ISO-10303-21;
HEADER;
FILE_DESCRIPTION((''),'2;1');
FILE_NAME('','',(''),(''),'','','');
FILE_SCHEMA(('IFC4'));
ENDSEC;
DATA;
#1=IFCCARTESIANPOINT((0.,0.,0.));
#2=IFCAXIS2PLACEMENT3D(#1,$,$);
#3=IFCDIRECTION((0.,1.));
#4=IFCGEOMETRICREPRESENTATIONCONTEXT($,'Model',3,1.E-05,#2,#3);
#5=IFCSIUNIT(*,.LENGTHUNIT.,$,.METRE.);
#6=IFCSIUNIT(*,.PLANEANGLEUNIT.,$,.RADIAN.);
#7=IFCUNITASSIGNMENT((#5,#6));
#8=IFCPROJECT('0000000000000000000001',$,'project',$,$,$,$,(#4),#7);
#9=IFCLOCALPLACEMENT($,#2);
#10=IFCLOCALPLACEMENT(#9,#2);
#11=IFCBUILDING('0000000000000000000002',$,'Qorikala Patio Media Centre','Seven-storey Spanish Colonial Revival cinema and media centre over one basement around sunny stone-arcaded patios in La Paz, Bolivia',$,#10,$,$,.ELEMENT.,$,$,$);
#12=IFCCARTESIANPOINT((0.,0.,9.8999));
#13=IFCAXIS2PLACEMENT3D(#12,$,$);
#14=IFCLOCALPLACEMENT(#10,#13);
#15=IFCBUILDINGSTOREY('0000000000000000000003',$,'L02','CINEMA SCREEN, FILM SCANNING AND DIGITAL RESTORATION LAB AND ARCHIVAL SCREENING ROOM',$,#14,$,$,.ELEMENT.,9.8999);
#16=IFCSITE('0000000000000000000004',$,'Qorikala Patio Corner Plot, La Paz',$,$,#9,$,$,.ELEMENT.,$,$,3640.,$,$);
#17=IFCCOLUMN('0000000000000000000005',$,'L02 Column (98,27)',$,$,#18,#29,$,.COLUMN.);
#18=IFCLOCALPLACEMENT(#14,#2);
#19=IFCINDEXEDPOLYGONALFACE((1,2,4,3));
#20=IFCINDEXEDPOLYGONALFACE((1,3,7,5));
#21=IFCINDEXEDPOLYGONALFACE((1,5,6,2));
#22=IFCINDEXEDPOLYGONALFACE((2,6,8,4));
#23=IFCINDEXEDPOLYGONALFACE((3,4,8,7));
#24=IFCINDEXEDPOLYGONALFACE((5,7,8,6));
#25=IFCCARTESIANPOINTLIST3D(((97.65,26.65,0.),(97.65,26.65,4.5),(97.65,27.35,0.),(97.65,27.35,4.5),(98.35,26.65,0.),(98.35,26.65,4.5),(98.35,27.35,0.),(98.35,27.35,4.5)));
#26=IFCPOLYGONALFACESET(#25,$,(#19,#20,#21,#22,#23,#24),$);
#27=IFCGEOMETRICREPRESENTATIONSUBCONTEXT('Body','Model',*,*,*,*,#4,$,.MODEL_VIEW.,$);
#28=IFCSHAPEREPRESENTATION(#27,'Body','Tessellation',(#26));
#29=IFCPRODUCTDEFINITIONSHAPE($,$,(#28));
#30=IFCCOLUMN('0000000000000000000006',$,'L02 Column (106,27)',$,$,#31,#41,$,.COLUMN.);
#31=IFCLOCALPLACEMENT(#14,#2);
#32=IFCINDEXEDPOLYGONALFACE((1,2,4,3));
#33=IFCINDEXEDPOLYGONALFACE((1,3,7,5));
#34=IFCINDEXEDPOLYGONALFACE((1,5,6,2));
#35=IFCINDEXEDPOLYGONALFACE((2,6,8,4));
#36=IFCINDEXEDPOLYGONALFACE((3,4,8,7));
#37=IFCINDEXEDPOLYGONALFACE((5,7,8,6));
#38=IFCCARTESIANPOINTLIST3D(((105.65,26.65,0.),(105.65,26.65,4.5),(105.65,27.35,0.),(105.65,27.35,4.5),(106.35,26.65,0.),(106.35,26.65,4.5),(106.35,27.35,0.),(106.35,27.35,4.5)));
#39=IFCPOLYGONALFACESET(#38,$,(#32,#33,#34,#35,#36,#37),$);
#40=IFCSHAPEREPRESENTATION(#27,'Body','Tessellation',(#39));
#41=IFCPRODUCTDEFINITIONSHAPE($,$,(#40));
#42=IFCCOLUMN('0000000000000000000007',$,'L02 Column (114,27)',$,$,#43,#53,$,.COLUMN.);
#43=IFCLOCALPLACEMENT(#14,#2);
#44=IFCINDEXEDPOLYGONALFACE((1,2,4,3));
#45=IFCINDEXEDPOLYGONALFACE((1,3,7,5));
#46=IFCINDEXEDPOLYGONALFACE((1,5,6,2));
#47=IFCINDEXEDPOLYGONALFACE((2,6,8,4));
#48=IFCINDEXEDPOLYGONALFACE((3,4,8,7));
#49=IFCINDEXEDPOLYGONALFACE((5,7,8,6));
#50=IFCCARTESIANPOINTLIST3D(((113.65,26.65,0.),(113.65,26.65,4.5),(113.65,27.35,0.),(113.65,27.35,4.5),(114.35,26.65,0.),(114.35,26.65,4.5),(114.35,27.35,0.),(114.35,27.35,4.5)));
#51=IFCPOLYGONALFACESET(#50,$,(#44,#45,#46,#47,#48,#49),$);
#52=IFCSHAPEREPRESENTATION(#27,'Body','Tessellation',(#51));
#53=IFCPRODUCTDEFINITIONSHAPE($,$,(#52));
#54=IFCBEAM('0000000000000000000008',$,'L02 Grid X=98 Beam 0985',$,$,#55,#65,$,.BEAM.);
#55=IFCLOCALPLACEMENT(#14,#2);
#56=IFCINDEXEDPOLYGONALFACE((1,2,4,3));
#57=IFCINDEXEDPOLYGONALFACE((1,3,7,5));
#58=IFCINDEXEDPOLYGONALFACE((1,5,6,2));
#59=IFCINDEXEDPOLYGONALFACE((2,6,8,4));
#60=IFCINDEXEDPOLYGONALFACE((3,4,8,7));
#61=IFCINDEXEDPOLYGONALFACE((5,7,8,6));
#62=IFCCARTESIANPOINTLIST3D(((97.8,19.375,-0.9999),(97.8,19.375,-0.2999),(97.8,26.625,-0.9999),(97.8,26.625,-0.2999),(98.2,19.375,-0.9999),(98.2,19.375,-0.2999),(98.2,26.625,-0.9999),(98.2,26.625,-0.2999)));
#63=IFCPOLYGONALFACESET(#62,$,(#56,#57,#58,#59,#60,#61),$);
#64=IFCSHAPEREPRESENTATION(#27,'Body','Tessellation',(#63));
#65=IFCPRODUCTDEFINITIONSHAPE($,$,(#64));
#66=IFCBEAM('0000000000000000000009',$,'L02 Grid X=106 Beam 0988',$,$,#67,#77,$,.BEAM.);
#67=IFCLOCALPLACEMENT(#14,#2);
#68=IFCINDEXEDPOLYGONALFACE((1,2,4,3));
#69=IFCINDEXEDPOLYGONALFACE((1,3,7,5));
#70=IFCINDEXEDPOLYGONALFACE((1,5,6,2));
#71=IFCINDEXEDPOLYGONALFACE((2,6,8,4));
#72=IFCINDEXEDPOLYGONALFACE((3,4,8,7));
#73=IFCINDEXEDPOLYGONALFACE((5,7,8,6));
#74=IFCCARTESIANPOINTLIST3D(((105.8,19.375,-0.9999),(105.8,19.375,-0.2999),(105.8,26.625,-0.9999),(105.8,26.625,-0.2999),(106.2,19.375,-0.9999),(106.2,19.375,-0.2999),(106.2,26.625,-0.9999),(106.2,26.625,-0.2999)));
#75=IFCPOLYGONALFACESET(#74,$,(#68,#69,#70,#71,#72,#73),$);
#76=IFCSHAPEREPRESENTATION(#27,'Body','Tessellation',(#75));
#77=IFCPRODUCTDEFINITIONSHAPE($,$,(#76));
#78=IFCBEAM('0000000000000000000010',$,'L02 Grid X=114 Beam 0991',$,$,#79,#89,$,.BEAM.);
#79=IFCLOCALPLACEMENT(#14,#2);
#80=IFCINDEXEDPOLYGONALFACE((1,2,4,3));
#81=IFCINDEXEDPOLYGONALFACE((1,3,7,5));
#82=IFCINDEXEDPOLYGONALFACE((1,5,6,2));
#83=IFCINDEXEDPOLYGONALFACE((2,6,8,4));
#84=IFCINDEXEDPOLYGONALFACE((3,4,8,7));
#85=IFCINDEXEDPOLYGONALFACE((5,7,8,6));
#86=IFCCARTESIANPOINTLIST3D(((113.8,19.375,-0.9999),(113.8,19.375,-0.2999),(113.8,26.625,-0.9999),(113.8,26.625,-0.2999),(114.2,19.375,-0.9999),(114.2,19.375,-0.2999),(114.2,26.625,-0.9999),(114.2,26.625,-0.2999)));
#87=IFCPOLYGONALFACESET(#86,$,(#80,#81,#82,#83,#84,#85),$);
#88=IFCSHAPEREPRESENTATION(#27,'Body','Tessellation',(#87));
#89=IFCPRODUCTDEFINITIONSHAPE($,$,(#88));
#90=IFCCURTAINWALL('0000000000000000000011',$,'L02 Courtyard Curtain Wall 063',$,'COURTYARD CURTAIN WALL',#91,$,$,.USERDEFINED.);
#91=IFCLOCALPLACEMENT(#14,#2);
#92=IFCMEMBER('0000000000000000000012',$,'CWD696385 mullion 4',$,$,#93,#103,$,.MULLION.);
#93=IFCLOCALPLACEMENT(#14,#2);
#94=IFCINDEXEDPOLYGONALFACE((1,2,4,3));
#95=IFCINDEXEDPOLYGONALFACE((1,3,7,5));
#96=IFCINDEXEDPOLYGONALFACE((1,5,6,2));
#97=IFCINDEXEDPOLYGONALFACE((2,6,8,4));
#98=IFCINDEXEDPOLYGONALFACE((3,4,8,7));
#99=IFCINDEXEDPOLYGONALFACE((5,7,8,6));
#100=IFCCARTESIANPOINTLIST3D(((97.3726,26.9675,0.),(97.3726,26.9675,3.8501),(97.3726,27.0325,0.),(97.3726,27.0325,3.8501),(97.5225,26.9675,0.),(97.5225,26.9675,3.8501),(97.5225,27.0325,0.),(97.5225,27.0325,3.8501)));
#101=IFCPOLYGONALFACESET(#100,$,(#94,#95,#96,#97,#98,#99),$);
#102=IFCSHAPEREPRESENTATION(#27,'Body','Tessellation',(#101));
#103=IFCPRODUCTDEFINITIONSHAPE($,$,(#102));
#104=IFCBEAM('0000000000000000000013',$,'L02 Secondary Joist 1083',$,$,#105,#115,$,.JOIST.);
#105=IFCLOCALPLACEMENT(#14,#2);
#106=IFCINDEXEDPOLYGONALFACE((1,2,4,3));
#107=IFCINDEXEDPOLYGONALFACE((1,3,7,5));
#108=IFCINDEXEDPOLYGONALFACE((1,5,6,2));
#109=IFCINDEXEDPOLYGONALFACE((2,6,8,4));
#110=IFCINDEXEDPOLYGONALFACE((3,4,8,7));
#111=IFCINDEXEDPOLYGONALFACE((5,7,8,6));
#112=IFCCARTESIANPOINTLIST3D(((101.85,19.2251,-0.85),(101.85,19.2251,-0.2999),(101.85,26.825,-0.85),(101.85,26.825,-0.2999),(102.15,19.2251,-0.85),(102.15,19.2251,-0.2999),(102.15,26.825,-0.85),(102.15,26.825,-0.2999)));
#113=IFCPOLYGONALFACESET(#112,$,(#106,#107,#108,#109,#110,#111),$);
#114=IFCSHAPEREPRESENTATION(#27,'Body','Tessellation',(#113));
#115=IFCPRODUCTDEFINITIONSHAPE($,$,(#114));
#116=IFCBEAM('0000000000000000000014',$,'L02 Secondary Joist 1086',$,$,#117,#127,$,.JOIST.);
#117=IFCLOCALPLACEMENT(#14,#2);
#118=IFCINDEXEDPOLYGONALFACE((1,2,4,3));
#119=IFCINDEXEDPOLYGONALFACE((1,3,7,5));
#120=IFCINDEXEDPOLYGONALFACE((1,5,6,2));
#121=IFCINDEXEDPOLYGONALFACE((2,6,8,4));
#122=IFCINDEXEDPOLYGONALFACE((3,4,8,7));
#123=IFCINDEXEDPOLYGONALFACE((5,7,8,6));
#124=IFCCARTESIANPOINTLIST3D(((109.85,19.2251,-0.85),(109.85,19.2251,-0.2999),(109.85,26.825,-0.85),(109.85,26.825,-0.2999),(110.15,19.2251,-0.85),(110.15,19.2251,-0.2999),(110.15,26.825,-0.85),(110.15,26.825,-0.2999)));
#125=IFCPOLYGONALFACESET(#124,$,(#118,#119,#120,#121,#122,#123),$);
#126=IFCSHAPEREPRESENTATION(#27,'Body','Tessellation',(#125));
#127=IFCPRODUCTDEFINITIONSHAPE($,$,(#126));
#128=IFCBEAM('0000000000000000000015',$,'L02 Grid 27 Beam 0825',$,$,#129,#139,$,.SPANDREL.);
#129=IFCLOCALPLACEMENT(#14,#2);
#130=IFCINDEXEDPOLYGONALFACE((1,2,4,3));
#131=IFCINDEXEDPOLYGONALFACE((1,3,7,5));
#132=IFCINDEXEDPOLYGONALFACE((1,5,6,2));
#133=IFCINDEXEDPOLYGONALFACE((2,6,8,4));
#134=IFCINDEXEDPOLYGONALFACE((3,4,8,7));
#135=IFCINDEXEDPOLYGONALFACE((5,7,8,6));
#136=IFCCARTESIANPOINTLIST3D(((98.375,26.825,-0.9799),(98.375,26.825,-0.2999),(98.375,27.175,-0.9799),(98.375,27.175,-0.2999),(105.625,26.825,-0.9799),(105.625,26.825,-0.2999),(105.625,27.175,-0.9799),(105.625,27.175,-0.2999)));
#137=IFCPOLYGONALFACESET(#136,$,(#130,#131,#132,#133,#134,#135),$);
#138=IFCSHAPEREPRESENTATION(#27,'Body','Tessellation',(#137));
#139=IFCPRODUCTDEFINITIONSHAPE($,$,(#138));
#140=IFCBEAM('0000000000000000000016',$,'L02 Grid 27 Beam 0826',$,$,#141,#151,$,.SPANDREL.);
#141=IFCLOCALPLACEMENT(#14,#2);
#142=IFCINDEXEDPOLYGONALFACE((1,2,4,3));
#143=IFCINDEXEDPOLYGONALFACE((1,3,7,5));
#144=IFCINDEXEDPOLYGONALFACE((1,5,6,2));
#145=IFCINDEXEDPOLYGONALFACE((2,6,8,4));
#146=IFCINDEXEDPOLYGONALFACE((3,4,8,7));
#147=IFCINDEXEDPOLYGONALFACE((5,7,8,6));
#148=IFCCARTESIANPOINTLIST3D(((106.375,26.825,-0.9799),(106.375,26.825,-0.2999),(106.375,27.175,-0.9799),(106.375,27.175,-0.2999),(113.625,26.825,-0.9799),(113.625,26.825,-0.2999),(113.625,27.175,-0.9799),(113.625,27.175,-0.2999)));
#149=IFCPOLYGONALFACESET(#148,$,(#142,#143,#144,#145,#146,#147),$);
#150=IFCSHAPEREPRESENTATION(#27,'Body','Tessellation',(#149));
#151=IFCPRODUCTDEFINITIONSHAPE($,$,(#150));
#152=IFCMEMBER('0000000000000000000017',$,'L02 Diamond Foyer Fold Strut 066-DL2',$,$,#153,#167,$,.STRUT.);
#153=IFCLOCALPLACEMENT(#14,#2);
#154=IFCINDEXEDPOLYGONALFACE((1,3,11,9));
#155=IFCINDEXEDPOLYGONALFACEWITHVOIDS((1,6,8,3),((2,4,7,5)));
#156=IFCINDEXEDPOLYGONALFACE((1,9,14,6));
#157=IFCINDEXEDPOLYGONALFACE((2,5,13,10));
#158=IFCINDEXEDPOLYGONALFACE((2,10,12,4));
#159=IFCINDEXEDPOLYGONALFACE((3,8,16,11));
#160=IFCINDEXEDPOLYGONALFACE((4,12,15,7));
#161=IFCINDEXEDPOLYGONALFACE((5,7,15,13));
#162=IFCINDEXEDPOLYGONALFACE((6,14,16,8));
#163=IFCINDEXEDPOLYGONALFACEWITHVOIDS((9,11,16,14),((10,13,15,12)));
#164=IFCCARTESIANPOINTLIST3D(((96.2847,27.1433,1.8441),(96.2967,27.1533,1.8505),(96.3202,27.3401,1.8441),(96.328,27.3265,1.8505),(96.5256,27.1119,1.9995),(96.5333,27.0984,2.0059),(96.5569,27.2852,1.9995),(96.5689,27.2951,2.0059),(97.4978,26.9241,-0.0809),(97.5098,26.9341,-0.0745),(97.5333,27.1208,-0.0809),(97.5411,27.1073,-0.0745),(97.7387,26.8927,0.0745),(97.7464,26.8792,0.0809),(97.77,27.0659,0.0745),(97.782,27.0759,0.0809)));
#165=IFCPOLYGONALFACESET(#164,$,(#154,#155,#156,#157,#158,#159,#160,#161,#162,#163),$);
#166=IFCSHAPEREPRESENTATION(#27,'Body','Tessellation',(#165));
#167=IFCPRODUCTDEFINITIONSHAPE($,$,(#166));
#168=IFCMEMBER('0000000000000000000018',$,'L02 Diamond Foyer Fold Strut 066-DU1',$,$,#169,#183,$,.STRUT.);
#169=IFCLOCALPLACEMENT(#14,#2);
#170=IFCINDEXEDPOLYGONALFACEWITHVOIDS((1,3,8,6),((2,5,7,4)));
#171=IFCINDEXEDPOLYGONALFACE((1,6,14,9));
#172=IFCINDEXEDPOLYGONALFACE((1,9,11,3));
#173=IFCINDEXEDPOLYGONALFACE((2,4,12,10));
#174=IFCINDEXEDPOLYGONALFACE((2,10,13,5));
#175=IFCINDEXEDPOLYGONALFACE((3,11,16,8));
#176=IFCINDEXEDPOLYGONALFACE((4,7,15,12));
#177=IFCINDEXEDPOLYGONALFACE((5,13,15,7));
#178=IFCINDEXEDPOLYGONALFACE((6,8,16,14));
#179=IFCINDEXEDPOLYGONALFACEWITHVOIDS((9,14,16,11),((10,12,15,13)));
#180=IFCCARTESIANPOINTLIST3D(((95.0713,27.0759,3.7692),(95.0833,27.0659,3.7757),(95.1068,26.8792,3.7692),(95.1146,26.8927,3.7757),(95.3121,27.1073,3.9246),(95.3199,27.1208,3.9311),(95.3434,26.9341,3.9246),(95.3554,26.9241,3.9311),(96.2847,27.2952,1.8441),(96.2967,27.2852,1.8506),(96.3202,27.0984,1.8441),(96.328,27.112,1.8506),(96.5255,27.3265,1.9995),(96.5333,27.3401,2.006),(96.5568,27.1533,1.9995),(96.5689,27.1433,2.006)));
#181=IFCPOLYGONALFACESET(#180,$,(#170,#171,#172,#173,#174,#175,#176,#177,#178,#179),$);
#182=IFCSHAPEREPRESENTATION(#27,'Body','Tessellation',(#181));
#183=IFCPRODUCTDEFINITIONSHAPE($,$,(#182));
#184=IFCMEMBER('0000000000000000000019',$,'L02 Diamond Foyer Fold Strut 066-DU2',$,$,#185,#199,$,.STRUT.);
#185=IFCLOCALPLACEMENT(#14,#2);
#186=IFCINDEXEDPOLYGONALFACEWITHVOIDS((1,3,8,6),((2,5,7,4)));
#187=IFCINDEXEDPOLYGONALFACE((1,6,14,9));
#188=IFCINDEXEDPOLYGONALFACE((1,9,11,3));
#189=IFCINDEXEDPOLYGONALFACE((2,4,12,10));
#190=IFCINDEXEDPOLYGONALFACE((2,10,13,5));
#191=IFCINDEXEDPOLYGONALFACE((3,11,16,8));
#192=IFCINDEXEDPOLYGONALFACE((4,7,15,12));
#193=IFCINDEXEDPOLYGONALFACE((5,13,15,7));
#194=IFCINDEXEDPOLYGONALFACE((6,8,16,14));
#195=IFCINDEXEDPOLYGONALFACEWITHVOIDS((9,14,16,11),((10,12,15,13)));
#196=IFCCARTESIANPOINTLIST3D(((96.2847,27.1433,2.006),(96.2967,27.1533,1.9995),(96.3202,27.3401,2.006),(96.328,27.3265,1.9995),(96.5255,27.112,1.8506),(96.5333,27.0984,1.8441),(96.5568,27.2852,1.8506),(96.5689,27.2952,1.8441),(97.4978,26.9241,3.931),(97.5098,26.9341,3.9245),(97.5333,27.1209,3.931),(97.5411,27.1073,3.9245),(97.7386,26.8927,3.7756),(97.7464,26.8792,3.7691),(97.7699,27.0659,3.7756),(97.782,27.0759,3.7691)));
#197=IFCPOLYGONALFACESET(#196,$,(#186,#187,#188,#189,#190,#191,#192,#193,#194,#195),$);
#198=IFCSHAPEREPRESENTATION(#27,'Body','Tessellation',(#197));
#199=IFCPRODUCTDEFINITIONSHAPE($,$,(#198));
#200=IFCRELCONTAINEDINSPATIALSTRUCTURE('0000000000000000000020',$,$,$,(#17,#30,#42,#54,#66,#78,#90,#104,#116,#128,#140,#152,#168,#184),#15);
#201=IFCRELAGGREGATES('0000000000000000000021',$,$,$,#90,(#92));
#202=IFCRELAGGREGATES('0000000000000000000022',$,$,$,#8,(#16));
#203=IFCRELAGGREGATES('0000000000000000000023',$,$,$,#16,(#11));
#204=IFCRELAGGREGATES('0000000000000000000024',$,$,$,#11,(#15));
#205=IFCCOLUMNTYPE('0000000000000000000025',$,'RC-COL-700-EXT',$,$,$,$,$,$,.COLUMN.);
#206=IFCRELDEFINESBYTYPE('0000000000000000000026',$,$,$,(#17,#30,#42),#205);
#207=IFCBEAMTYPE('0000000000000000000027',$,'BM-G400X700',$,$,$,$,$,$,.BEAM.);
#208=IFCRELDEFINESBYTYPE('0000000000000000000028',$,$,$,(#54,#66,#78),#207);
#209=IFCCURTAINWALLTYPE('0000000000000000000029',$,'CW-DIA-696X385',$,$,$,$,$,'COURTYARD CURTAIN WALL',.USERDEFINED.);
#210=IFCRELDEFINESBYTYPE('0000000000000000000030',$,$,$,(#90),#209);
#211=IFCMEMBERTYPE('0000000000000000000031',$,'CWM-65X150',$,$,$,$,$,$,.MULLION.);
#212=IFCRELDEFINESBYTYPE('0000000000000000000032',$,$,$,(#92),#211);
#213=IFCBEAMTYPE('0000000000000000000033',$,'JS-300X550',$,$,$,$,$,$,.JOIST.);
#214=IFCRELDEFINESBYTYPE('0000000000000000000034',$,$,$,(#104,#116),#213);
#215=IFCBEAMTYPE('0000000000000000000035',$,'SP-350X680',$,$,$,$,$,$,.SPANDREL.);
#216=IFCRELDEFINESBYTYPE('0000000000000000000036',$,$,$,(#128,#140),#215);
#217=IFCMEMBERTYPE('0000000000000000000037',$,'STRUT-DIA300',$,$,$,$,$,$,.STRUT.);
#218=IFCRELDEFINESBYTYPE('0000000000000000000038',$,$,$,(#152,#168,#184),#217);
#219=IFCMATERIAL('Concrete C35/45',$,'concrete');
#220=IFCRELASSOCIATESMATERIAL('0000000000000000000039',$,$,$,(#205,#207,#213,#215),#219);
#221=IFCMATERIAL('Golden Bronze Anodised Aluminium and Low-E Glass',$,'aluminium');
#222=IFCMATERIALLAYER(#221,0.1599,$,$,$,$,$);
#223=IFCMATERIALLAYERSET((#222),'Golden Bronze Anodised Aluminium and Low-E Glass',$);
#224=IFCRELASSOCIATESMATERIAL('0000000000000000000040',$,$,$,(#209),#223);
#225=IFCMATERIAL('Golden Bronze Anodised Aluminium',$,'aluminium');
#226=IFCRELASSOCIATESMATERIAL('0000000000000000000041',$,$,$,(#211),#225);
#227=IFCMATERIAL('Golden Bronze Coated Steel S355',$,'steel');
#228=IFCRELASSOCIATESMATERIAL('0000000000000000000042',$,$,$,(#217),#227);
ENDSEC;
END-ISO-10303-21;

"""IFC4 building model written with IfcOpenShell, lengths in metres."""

from ifc_helpers import new_model, si_unit, direction, frame, origin, origin_2d, place, context, subcontext, project, spatial, rectangle, hollow_rectangle, extrude, material, layer, layer_set, material_profile, profile_set, type_object, element, aggregate, save


model = new_model("IFC4")

# Units and contexts
model_context = context("Model", 3, precision=1e-05, world=origin(), true_north=direction((0.0, 1.0)))
body_context = subcontext(model_context, "Body", "Model", "MODEL_VIEW")
ifc_project = project(units=[si_unit("LENGTHUNIT", "METRE"), si_unit("PLANEANGLEUNIT", "RADIAN")], contexts=[model_context])

# Site, building, storey
site_placement = place(None, origin())
site = spatial("IfcSite", under=ifc_project, at=site_placement, Name="Qorikala Patio Corner Plot, La Paz", CompositionType="ELEMENT", RefElevation=3640.0)
building_placement = place(site_placement, origin())
building = spatial("IfcBuilding", under=site, at=building_placement, Name="Qorikala Patio Media Centre", Description="Seven-storey Spanish Colonial Revival cinema and media centre over one basement around sunny stone-arcaded patios in La Paz, Bolivia", CompositionType="ELEMENT")
storey_placement = place(building_placement, frame((0.0, 0.0, 9.8999)))
storey = spatial("IfcBuildingStorey", under=building, at=storey_placement, Name="L02", Description="CINEMA SCREEN, FILM SCANNING AND DIGITAL RESTORATION LAB AND ARCHIVAL SCREENING ROOM", CompositionType="ELEMENT", Elevation=9.8999)

# Columns
ifc_material_1 = material(Name="Concrete C35/45", Category="concrete")
ifc_material_profile_1 = material_profile(ifc_material_1, rectangle(XDim=0.7, YDim=0.7, at=origin_2d()), Name="RC 700x700")
ifc_profile_set_1 = profile_set([ifc_material_profile_1], Name="Concrete C35/45")
column_type = type_object("IfcColumnType", Name="RC-COL-700-EXT", PredefinedType="COLUMN", material=ifc_profile_set_1)
for number, where, z_axis, x_axis, name in (
    (1, (98.0, 27.0, 0.0), (0.0, 0.0, 1.0), (1.0, 0.0, 0.0), "L02 Column (98,27)"),
    (2, (106.0, 27.0, 0.0), (0.0, 0.0, 1.0), (1.0, 0.0, 0.0), "L02 Column (106,27)"),
    (3, (114.0, 27.0, 0.0), (0.0, 0.0, 1.0), (1.0, 0.0, 0.0), "L02 Column (114,27)"),
):
    element("IfcColumn", number, at=place(storey_placement, frame(where, z_axis=z_axis, x_axis=x_axis)), inside=storey, type_object=column_type, Name=name, PredefinedType="COLUMN", context=body_context, shape_type="SweptSolid", body=[
        extrude(rectangle(XDim=0.7, YDim=0.7, at=origin_2d()), origin(), (0.0, 0.0, 1.0), 4.5),
    ])

# Beams
ifc_material_profile_2 = material_profile(ifc_material_1, rectangle(XDim=0.3999, YDim=0.7, at=origin_2d()), Name="RC 400x700")
ifc_profile_set_2 = profile_set([ifc_material_profile_2], Name="Concrete C35/45")
beam_type_1 = type_object("IfcBeamType", Name="BM-G400X700", PredefinedType="BEAM", material=ifc_profile_set_2)
for number, where, z_axis, x_axis, name in (
    (4, (98.0, 19.375, -0.6499), (0.0, 1.0, 0.0), (-1.0, 0.0, 0.0), "L02 Grid X=98 Beam 0985"),
    (5, (106.0, 19.375, -0.6499), (0.0, 1.0, 0.0), (-1.0, 0.0, 0.0), "L02 Grid X=106 Beam 0988"),
    (6, (114.0, 19.375, -0.6499), (0.0, 1.0, 0.0), (-1.0, 0.0, 0.0), "L02 Grid X=114 Beam 0991"),
):
    element("IfcBeam", number, at=place(storey_placement, frame(where, z_axis=z_axis, x_axis=x_axis)), inside=storey, type_object=beam_type_1, Name=name, PredefinedType="BEAM", context=body_context, shape_type="SweptSolid", body=[
        extrude(rectangle(XDim=0.3999, YDim=0.7, at=origin_2d()), origin(), (0.0, 0.0, 1.0), 7.25),
    ])

# Curtain wall, member
ifc_material_2 = material(Name="Golden Bronze Anodised Aluminium and Low-E Glass", Category="aluminium")
ifc_layer_1 = layer(ifc_material_2, 0.1599)
ifc_layer_set_1 = layer_set([ifc_layer_1], Name="Golden Bronze Anodised Aluminium and Low-E Glass")
curtain_wall_type = type_object("IfcCurtainWallType", Name="CW-DIA-696X385", ElementType="COURTYARD CURTAIN WALL", PredefinedType="USERDEFINED", material=ifc_layer_set_1)
curtain_wall_placement = place(storey_placement, origin())
curtain_wall = element("IfcCurtainWall", 7, at=curtain_wall_placement, inside=storey, type_object=curtain_wall_type, Name="L02 Courtyard Curtain Wall 063", ObjectType="COURTYARD CURTAIN WALL", PredefinedType="USERDEFINED")
ifc_material_3 = material(Name="Golden Bronze Anodised Aluminium", Category="aluminium")
ifc_material_profile_3 = material_profile(ifc_material_3, rectangle(XDim=0.0649, YDim=0.1499, at=origin_2d()), Name="ALU MULLION 65x150")
ifc_profile_set_3 = profile_set([ifc_material_profile_3], Name="Golden Bronze Anodised Aluminium")
member_type_1 = type_object("IfcMemberType", Name="CWM-65X150", PredefinedType="MULLION", material=ifc_profile_set_3)
member_1_placement = place(storey_placement, frame((97.4475, 27.0, 0.0), z_axis=(0.0, 0.0, 1.0), x_axis=(0.0, 1.0, 0.0)))
member_1 = element("IfcMember", 8, at=member_1_placement, type_object=member_type_1, Name="CWD696385 mullion 4", PredefinedType="MULLION", context=body_context, shape_type="SweptSolid", body=[
    extrude(rectangle(XDim=0.0649, YDim=0.1499, at=origin_2d()), origin(), (0.0, 0.0, 1.0), 3.8501),
])

# Beams
ifc_material_profile_4 = material_profile(ifc_material_1, rectangle(XDim=0.3, YDim=0.55, at=origin_2d()), Name="RC 300x550")
ifc_profile_set_4 = profile_set([ifc_material_profile_4], Name="Concrete C35/45")
beam_type_2 = type_object("IfcBeamType", Name="JS-300X550", PredefinedType="JOIST", material=ifc_profile_set_4)
for number, where, z_axis, x_axis, name in (
    (9, (102.0, 19.2251, -0.575), (0.0, 1.0, 0.0), (-1.0, 0.0, 0.0), "L02 Secondary Joist 1083"),
    (10, (110.0, 19.2251, -0.575), (0.0, 1.0, 0.0), (-1.0, 0.0, 0.0), "L02 Secondary Joist 1086"),
):
    element("IfcBeam", number, at=place(storey_placement, frame(where, z_axis=z_axis, x_axis=x_axis)), inside=storey, type_object=beam_type_2, Name=name, PredefinedType="JOIST", context=body_context, shape_type="SweptSolid", body=[
        extrude(rectangle(XDim=0.3, YDim=0.55, at=origin_2d()), origin(), (0.0, 0.0, 1.0), 7.5999),
    ])
ifc_material_profile_5 = material_profile(ifc_material_1, rectangle(XDim=0.3501, YDim=0.6799, at=origin_2d()), Name="RC 350x680")
ifc_profile_set_5 = profile_set([ifc_material_profile_5], Name="Concrete C35/45")
beam_type_3 = type_object("IfcBeamType", Name="SP-350X680", PredefinedType="SPANDREL", material=ifc_profile_set_5)
for number, where, z_axis, x_axis, name in (
    (11, (98.375, 27.0, -0.6399), (1.0, 0.0, 0.0), (0.0, 1.0, 0.0), "L02 Grid 27 Beam 0825"),
    (12, (106.375, 27.0, -0.6399), (1.0, 0.0, 0.0), (0.0, 1.0, 0.0), "L02 Grid 27 Beam 0826"),
):
    element("IfcBeam", number, at=place(storey_placement, frame(where, z_axis=z_axis, x_axis=x_axis)), inside=storey, type_object=beam_type_3, Name=name, PredefinedType="SPANDREL", context=body_context, shape_type="SweptSolid", body=[
        extrude(rectangle(XDim=0.3501, YDim=0.6799, at=origin_2d()), origin(), (0.0, 0.0, 1.0), 7.25),
    ])

# Members
ifc_material_4 = material(Name="Golden Bronze Coated Steel S355", Category="steel")
ifc_material_profile_6 = material_profile(ifc_material_4, hollow_rectangle(XDim=0.2, YDim=0.3, WallThickness=0.012, at=origin_2d()), Name="HSS300X200X12")
ifc_profile_set_6 = profile_set([ifc_material_profile_6], Name="Golden Bronze Coated Steel S355")
member_type_2 = type_object("IfcMemberType", Name="STRUT-DIA300", PredefinedType="STRUT", material=ifc_profile_set_6)
member_2_placement = place(storey_placement, frame((97.6399, 27.0, 0.0), z_axis=(-0.530691, 0.095907, 0.842121), x_axis=(-0.17784, -0.984059, 0.0)))
element("IfcMember", 13, at=member_2_placement, inside=storey, type_object=member_type_2, Name="L02 Diamond Foyer Fold Strut 066-DL2", PredefinedType="STRUT", context=body_context, shape_type="SweptSolid", body=[
    extrude(hollow_rectangle(XDim=0.2, YDim=0.3, WallThickness=0.012, at=origin_2d()), origin(), (0.0, 0.0, 1.0), 2.2859),
])
member_3_placement = place(storey_placement, frame((96.4268, 27.2192, 1.925), z_axis=(-0.530768, -0.095901, 0.842074), x_axis=(0.177805, -0.984066, 0.0)))
element("IfcMember", 14, at=member_3_placement, inside=storey, type_object=member_type_2, Name="L02 Diamond Foyer Fold Strut 066-DU1", PredefinedType="STRUT", context=body_context, shape_type="SweptSolid", body=[
    extrude(hollow_rectangle(XDim=0.2, YDim=0.3, WallThickness=0.012, at=origin_2d()), origin(), (0.0, 0.0, 1.0), 2.2861),
])
member_4_placement = place(storey_placement, frame((96.4268, 27.2192, 1.925), z_axis=(0.530691, -0.095907, 0.842121), x_axis=(0.17784, 0.984059, 0.0)))
element("IfcMember", 15, at=member_4_placement, inside=storey, type_object=member_type_2, Name="L02 Diamond Foyer Fold Strut 066-DU2", PredefinedType="STRUT", context=body_context, shape_type="SweptSolid", body=[
    extrude(hollow_rectangle(XDim=0.2, YDim=0.3, WallThickness=0.012, at=origin_2d()), origin(), (0.0, 0.0, 1.0), 2.2859),
])

aggregate(curtain_wall, [member_1])

save(model, "model.ifc")
